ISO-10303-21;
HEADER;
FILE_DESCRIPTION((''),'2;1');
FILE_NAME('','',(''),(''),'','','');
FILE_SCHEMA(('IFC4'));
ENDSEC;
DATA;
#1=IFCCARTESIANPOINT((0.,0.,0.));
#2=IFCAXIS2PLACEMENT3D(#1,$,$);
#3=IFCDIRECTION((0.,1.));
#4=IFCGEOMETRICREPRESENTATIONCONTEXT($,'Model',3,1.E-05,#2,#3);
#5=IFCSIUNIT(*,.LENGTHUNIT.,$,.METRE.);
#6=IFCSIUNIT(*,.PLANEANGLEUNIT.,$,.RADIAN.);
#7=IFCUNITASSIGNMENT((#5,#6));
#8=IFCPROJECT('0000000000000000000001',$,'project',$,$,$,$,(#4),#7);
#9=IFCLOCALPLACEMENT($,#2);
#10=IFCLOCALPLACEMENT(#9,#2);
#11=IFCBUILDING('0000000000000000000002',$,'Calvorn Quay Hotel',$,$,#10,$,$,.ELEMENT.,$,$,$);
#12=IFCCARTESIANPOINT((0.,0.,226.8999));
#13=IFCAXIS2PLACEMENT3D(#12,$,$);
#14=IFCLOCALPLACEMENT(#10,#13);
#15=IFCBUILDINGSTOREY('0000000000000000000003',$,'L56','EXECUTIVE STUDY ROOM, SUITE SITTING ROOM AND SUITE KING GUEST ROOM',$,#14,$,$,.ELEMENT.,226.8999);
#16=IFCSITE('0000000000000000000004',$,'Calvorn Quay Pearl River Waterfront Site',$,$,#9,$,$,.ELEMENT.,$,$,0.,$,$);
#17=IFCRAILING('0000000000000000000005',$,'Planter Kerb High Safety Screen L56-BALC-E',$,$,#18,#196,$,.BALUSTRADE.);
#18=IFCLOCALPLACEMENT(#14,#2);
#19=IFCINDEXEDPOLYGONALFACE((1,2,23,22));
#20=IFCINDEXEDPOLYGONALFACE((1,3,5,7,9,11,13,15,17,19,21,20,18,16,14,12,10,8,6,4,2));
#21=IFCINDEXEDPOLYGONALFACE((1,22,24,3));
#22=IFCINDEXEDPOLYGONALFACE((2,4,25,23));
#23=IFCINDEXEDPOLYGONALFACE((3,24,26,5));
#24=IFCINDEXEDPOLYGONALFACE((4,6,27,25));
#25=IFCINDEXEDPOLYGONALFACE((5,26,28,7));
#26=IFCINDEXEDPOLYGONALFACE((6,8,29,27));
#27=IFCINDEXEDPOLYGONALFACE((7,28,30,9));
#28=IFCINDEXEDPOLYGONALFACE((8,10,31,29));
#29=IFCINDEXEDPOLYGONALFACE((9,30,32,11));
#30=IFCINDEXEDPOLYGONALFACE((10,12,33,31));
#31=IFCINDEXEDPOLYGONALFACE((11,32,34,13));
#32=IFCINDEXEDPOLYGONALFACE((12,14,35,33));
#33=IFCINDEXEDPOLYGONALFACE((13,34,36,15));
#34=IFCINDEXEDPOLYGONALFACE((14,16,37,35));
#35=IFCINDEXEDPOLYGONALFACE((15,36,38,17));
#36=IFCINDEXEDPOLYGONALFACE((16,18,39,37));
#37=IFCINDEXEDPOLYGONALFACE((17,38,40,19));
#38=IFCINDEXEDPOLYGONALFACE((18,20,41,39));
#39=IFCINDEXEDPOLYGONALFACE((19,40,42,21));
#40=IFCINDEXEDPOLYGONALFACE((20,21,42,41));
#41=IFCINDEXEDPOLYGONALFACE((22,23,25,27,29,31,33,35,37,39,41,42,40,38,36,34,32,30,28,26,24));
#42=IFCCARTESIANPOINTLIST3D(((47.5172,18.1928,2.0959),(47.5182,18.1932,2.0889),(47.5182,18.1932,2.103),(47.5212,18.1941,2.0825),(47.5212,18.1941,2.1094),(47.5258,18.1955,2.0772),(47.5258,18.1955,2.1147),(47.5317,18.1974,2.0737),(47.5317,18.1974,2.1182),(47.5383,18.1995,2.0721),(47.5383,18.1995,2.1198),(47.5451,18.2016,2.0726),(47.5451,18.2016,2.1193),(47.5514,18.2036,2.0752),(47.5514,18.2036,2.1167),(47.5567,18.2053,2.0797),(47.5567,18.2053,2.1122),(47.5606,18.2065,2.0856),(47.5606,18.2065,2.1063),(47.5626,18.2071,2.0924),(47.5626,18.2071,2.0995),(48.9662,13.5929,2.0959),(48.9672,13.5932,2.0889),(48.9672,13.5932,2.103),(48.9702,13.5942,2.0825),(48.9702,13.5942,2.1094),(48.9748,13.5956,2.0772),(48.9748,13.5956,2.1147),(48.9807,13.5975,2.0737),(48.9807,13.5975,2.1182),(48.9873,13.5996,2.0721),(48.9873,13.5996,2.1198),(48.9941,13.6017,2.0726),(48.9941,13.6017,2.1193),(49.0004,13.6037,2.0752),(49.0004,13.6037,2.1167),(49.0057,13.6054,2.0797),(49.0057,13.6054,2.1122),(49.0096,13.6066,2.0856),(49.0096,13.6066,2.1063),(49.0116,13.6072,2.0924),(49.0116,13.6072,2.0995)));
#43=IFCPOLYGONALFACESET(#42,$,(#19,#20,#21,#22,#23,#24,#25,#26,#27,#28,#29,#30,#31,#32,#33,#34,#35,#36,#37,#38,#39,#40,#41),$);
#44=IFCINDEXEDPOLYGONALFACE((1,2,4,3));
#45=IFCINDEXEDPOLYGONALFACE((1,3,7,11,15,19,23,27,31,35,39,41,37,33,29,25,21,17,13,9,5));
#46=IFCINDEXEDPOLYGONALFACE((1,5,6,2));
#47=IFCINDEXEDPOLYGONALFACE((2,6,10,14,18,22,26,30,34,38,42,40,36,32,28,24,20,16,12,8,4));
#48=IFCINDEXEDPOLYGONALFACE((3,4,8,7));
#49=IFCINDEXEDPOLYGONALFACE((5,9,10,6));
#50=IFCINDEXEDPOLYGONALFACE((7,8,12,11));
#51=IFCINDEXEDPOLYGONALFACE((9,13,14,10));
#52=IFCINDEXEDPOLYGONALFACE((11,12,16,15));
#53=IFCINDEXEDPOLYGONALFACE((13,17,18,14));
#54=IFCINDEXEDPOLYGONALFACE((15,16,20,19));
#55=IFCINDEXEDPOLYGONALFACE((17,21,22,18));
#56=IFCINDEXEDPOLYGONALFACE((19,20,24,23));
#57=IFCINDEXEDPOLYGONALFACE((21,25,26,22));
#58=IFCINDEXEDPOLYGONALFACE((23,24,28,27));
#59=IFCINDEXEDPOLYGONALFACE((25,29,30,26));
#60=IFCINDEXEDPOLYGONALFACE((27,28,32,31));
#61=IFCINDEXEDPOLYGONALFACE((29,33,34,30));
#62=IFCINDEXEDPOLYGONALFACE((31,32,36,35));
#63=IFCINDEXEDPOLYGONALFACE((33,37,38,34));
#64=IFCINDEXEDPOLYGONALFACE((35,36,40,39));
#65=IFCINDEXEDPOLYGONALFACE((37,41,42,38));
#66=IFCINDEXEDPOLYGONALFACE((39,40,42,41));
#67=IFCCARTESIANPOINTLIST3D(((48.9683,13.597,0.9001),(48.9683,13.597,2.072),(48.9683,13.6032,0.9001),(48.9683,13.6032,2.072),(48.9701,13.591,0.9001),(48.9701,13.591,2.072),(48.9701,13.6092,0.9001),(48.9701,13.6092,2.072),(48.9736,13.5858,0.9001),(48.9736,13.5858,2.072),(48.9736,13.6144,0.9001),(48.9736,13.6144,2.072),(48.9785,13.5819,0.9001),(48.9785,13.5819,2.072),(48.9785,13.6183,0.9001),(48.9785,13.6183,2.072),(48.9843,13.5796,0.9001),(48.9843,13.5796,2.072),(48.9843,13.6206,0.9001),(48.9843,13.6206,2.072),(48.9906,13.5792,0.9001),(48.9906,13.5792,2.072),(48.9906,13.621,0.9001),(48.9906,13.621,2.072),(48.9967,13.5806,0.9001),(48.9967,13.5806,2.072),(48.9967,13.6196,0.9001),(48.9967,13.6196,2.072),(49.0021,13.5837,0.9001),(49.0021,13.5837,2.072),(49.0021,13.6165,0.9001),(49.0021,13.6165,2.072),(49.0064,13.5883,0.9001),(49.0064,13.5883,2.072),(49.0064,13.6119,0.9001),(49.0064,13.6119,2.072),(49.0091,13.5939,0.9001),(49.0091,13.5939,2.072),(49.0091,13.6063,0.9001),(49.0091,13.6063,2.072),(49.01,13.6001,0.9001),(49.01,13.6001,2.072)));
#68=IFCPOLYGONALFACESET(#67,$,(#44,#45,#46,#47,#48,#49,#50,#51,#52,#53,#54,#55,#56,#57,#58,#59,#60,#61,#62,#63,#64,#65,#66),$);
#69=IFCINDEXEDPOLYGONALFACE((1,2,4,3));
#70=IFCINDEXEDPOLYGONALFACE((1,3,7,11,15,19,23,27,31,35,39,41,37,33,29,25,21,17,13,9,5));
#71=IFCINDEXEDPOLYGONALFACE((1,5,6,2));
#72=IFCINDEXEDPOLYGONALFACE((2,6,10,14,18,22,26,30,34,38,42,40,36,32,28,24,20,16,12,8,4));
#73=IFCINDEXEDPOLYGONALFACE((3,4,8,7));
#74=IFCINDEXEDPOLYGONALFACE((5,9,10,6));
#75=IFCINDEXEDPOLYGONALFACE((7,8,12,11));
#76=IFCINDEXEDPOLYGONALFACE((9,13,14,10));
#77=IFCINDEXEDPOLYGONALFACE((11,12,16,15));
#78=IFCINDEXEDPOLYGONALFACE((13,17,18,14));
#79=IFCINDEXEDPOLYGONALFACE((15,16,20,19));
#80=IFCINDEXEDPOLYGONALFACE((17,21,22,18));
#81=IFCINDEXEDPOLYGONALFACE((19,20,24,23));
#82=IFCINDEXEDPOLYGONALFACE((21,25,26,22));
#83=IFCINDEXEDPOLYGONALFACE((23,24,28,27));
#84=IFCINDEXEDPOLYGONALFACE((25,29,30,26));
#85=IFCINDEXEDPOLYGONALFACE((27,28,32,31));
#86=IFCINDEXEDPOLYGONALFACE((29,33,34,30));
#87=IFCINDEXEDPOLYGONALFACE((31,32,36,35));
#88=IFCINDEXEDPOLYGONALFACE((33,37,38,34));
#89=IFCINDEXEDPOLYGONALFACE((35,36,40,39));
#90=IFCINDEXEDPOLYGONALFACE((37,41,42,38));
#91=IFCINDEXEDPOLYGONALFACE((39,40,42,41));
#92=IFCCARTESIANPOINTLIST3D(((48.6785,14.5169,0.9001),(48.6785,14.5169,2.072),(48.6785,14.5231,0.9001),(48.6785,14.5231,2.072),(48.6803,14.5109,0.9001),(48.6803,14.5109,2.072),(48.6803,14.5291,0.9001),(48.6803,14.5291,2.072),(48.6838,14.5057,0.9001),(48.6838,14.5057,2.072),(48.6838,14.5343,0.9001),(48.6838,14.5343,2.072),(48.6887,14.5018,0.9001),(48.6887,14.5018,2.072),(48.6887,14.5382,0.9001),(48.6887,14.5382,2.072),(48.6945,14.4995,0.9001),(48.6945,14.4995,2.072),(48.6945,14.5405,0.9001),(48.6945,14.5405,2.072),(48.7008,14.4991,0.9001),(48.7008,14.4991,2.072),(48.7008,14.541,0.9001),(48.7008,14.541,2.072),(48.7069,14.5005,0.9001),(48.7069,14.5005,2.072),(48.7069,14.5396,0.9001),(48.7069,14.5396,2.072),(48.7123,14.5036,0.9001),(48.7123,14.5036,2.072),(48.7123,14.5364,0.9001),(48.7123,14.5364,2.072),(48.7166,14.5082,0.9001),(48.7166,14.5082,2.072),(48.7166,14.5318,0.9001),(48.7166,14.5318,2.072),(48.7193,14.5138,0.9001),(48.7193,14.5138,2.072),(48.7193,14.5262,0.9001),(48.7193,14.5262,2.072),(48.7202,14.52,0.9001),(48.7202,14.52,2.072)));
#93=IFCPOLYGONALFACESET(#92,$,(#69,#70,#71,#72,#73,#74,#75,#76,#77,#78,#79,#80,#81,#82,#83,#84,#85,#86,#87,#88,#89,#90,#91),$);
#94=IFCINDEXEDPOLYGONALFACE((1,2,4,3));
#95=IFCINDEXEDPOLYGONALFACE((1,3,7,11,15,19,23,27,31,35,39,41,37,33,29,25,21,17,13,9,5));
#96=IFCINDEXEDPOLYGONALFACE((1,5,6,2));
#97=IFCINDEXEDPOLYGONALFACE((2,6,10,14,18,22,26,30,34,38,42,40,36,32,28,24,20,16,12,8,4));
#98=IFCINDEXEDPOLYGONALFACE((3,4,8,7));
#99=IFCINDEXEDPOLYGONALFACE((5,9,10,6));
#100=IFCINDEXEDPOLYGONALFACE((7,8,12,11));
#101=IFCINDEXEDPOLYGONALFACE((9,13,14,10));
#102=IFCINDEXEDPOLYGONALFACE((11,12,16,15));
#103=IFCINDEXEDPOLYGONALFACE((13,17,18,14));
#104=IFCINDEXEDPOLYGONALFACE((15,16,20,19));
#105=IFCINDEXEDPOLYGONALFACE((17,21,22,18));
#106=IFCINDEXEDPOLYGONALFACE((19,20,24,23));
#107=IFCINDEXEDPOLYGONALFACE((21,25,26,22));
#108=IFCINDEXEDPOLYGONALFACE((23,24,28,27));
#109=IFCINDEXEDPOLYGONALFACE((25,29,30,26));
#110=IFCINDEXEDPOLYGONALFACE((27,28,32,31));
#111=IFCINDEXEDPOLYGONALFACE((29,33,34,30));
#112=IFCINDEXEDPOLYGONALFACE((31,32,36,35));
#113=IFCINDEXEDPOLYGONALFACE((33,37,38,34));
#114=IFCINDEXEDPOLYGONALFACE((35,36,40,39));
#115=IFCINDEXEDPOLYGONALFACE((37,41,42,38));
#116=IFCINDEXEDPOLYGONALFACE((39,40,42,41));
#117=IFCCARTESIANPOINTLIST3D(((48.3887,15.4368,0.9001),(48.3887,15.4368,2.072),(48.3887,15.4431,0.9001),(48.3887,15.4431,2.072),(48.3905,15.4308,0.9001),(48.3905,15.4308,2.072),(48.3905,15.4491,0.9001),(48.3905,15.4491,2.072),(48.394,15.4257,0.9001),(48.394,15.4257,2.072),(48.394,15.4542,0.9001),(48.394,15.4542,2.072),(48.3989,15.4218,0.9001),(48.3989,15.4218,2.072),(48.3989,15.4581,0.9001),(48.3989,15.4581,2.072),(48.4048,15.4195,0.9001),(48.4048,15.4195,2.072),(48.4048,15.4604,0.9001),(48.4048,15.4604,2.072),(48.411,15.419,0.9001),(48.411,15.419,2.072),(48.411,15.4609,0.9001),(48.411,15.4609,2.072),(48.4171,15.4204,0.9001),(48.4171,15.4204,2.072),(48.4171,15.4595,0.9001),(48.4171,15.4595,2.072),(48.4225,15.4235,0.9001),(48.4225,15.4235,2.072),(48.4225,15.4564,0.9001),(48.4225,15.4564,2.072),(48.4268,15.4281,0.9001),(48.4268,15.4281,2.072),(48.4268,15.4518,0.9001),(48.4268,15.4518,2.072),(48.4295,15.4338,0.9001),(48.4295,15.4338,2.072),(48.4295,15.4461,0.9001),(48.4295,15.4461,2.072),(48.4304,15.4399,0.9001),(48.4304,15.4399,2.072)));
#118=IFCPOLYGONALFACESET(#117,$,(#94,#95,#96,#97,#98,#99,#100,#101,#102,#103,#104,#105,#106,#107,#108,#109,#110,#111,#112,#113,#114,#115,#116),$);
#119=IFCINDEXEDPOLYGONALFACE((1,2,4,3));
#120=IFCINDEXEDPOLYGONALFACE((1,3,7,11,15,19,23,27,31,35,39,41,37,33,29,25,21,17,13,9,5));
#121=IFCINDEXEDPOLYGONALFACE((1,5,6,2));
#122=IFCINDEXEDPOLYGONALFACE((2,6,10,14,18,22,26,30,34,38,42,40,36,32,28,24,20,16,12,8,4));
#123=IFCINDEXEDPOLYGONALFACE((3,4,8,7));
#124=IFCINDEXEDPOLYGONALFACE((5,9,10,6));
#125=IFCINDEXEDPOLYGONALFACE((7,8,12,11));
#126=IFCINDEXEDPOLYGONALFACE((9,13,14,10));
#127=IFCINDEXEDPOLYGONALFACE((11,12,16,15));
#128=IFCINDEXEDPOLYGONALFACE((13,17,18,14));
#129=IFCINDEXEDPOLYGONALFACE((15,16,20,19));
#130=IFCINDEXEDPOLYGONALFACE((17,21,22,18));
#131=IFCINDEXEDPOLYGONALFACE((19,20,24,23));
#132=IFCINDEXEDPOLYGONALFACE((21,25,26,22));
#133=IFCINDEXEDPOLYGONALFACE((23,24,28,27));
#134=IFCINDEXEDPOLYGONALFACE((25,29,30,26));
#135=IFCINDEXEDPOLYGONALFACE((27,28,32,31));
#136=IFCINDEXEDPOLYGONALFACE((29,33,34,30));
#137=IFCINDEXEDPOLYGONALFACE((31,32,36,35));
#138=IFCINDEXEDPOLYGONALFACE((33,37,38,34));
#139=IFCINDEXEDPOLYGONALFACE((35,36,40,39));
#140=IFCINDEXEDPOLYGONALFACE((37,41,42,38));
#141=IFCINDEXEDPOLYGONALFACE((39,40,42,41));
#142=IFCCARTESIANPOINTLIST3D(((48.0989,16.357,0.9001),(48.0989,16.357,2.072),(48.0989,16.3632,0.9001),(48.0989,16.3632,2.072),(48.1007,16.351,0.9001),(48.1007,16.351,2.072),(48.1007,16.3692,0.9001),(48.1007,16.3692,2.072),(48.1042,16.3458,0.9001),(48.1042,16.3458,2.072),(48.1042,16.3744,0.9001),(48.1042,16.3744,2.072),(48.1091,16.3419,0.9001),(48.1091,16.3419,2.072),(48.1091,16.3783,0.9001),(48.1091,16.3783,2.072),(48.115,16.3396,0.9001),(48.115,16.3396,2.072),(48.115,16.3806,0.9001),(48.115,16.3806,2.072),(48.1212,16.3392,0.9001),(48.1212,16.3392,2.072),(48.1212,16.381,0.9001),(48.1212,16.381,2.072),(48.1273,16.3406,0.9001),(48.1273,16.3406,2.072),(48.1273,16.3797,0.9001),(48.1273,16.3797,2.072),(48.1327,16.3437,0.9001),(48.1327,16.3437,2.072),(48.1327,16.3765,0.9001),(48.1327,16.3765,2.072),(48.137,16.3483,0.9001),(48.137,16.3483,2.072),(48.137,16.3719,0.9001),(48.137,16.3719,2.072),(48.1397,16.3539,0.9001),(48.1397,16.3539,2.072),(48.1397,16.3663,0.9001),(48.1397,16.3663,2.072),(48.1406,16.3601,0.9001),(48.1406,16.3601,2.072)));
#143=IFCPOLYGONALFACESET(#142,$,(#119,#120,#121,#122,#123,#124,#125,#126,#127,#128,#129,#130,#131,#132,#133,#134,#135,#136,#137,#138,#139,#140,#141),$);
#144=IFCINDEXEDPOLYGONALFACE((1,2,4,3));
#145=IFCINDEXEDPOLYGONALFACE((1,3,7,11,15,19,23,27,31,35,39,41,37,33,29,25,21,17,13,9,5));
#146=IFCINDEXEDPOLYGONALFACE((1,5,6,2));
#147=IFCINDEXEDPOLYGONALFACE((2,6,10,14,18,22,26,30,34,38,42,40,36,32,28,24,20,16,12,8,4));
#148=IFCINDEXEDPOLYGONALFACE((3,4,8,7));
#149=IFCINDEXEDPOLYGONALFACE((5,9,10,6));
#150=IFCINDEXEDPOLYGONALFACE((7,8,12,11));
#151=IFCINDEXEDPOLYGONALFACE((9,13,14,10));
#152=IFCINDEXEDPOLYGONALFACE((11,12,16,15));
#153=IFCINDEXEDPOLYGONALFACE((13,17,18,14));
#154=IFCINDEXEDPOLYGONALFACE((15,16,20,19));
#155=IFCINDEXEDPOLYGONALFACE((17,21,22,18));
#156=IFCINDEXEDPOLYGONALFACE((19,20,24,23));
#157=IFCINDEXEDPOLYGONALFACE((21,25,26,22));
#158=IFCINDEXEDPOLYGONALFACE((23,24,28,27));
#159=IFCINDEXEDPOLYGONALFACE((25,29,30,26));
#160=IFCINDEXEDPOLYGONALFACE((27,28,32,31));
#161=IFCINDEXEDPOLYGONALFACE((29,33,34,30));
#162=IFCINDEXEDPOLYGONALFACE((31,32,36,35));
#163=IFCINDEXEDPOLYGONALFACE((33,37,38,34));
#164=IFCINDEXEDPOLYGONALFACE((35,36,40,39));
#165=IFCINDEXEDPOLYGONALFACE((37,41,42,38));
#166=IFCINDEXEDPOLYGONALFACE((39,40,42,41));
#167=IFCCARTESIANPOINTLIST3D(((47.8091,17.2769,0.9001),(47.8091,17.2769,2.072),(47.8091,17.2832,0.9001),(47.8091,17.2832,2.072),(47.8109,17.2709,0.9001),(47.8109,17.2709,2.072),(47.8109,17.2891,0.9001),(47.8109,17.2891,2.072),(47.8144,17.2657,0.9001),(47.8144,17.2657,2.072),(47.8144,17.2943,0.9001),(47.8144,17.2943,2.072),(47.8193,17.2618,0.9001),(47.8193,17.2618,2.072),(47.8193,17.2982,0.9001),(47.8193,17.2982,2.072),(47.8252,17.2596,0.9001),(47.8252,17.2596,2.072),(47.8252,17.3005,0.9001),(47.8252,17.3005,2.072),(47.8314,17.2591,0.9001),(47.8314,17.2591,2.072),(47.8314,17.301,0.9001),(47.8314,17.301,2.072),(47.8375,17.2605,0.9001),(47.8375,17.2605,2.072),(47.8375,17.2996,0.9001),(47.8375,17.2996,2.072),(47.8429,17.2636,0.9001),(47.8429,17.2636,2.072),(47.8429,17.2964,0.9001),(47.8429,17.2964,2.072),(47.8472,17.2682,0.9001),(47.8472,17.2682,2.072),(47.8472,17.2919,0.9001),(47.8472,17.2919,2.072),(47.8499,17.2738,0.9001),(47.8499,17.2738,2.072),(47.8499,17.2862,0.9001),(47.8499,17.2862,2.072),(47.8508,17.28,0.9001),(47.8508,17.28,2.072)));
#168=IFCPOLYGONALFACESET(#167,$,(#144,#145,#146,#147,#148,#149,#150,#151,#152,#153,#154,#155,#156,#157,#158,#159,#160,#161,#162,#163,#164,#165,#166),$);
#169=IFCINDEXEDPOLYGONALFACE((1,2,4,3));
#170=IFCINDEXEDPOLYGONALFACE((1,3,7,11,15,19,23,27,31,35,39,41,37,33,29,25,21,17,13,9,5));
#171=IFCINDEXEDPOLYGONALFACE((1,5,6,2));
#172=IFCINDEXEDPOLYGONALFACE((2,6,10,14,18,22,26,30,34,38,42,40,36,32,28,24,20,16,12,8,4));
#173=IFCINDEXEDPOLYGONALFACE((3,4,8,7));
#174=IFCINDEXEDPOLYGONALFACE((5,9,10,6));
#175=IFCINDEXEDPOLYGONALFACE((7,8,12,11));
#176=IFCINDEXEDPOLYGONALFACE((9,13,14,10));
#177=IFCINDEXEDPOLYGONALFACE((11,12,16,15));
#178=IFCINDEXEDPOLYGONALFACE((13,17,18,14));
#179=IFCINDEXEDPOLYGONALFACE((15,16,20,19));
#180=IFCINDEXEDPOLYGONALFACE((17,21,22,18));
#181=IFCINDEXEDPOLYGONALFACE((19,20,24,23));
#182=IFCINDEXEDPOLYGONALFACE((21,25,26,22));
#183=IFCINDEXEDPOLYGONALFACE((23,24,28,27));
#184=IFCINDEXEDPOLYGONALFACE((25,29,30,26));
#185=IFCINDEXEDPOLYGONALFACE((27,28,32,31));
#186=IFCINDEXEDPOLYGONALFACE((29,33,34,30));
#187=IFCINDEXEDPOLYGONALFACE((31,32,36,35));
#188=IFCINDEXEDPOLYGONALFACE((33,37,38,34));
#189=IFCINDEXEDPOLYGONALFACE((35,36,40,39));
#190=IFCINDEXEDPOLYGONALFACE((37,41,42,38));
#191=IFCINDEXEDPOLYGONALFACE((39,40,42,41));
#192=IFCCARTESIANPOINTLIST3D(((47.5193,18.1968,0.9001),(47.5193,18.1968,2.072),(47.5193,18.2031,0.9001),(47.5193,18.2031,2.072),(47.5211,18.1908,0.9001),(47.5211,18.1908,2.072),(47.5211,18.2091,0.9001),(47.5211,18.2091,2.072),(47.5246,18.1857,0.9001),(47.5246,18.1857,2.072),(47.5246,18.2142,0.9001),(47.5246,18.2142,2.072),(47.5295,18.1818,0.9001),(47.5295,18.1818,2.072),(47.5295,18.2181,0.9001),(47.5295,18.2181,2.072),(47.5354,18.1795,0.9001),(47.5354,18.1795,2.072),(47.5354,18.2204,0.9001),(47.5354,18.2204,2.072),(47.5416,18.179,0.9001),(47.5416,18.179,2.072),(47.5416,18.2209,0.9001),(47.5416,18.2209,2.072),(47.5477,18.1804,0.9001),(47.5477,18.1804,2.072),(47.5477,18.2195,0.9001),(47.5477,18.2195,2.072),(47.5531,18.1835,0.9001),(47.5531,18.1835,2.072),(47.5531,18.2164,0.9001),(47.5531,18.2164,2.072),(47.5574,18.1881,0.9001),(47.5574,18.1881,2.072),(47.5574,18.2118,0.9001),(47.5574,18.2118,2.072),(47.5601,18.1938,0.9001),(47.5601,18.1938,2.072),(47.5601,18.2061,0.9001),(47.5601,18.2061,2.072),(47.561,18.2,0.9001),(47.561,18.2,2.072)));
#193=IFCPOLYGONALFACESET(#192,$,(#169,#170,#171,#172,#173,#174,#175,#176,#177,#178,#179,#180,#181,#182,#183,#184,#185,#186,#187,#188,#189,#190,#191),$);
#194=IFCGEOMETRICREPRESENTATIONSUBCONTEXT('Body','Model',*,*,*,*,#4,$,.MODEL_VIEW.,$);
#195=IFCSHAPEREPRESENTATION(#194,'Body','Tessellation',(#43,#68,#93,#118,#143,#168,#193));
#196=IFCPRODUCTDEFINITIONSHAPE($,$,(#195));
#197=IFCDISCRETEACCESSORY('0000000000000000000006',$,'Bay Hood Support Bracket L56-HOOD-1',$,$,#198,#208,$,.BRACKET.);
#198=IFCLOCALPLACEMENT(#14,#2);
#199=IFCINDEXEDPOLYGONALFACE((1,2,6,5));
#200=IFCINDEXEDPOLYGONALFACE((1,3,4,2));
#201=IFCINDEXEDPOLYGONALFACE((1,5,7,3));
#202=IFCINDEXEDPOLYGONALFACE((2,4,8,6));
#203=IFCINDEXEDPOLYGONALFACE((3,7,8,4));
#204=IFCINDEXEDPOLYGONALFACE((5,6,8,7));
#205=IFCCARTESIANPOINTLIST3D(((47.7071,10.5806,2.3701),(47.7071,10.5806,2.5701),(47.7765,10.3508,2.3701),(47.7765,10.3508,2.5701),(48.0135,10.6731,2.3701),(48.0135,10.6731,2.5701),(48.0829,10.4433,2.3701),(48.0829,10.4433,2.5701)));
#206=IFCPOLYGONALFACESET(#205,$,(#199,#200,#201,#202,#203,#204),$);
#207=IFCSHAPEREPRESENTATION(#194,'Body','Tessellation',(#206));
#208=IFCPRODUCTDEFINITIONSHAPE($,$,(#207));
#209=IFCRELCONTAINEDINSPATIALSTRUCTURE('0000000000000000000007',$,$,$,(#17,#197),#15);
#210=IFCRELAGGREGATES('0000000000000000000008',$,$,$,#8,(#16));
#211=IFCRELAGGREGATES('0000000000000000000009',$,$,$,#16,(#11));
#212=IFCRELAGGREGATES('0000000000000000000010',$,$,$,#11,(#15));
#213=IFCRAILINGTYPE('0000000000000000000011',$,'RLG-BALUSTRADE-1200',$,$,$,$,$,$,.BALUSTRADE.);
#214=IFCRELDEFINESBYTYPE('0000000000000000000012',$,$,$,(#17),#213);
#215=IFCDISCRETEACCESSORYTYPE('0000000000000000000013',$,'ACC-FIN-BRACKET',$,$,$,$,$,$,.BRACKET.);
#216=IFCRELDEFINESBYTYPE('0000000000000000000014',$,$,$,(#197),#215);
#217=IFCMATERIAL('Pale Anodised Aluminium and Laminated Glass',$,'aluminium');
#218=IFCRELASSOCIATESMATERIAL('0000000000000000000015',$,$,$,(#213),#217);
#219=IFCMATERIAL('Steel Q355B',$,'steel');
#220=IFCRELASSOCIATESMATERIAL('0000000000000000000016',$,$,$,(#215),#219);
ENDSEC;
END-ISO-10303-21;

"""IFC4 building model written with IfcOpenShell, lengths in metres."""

from ifc_helpers import new_model, si_unit, direction, frame, origin, origin_2d, place, context, subcontext, project, spatial, rectangle, circle, extrude, material, type_object, element, save


model = new_model("IFC4")

# Units and contexts
model_context = context("Model", 3, precision=1e-05, world=origin(), true_north=direction((0.0, 1.0)))
body_context = subcontext(model_context, "Body", "Model", "MODEL_VIEW")
ifc_project = project(units=[si_unit("LENGTHUNIT", "METRE"), si_unit("PLANEANGLEUNIT", "RADIAN")], contexts=[model_context])

# Site, building, storey
site_placement = place(None, origin())
site = spatial("IfcSite", under=ifc_project, at=site_placement, Name="Calvorn Quay Pearl River Waterfront Site", CompositionType="ELEMENT", RefElevation=0.0)
building_placement = place(site_placement, origin())
building = spatial("IfcBuilding", under=site, at=building_placement, Name="Calvorn Quay Hotel", CompositionType="ELEMENT")
storey_placement = place(building_placement, frame((0.0, 0.0, 226.8999)))
storey = spatial("IfcBuildingStorey", under=building, at=storey_placement, Name="L56", Description="EXECUTIVE STUDY ROOM, SUITE SITTING ROOM AND SUITE KING GUEST ROOM", CompositionType="ELEMENT", Elevation=226.8999)

# Railing
ifc_material_1 = material(Name="Pale Anodised Aluminium and Laminated Glass", Category="aluminium")
railing_type = type_object("IfcRailingType", Name="RLG-BALUSTRADE-1200", PredefinedType="BALUSTRADE", material=ifc_material_1)
railing_1_placement = place(storey_placement, frame((48.989, 13.6001, 0.9001)))
element("IfcRailing", 1, at=railing_1_placement, inside=storey, type_object=railing_type, Name="Planter Kerb High Safety Screen L56-BALC-E", PredefinedType="BALUSTRADE", context=body_context, shape_type="SweptSolid", body=[
    extrude(circle(Radius=0.0239, at=origin_2d()), frame((0.0, 0.0, 1.1958), z_axis=(-0.30045, 0.953797, 0.0), x_axis=(-0.953797, -0.30045, 0.0)), (0.0, 0.0, 1.0), 4.8228),
    extrude(circle(Radius=0.021, at=origin_2d()), origin(), (0.0, 0.0, 1.0), 1.1719),
    extrude(circle(Radius=0.021, at=origin_2d()), frame((-0.2898, 0.9199, 0.0)), (0.0, 0.0, 1.0), 1.1719),
    extrude(circle(Radius=0.021, at=origin_2d()), frame((-0.5796, 1.8398, 0.0)), (0.0, 0.0, 1.0), 1.1719),
    extrude(circle(Radius=0.021, at=origin_2d()), frame((-0.8694, 2.76, 0.0)), (0.0, 0.0, 1.0), 1.1719),
    extrude(circle(Radius=0.021, at=origin_2d()), frame((-1.1592, 3.6799, 0.0)), (0.0, 0.0, 1.0), 1.1719),
    extrude(circle(Radius=0.021, at=origin_2d()), frame((-1.449, 4.5999, 0.0)), (0.0, 0.0, 1.0), 1.1719),
])

# Discrete accessory
ifc_material_2 = material(Name="Steel Q355B", Category="steel")
discrete_accessory_type_1 = type_object("IfcDiscreteAccessoryType", Name="ACC-FIN-BRACKET", PredefinedType="BRACKET", material=ifc_material_2)
discrete_accessory_1_placement = place(storey_placement, frame((47.895, 10.512, 2.3701), z_axis=(0.0, 0.0, 1.0), x_axis=(0.957319, 0.289032, 0.0)))
element("IfcDiscreteAccessory", 2, at=discrete_accessory_1_placement, inside=storey, type_object=discrete_accessory_type_1, Name="Bay Hood Support Bracket L56-HOOD-1", PredefinedType="BRACKET", context=body_context, shape_type="SweptSolid", body=[
    extrude(rectangle(XDim=0.3201, YDim=0.24, at=origin_2d()), origin(), (0.0, 0.0, 1.0), 0.2),
])

save(model, "model.ifc")
